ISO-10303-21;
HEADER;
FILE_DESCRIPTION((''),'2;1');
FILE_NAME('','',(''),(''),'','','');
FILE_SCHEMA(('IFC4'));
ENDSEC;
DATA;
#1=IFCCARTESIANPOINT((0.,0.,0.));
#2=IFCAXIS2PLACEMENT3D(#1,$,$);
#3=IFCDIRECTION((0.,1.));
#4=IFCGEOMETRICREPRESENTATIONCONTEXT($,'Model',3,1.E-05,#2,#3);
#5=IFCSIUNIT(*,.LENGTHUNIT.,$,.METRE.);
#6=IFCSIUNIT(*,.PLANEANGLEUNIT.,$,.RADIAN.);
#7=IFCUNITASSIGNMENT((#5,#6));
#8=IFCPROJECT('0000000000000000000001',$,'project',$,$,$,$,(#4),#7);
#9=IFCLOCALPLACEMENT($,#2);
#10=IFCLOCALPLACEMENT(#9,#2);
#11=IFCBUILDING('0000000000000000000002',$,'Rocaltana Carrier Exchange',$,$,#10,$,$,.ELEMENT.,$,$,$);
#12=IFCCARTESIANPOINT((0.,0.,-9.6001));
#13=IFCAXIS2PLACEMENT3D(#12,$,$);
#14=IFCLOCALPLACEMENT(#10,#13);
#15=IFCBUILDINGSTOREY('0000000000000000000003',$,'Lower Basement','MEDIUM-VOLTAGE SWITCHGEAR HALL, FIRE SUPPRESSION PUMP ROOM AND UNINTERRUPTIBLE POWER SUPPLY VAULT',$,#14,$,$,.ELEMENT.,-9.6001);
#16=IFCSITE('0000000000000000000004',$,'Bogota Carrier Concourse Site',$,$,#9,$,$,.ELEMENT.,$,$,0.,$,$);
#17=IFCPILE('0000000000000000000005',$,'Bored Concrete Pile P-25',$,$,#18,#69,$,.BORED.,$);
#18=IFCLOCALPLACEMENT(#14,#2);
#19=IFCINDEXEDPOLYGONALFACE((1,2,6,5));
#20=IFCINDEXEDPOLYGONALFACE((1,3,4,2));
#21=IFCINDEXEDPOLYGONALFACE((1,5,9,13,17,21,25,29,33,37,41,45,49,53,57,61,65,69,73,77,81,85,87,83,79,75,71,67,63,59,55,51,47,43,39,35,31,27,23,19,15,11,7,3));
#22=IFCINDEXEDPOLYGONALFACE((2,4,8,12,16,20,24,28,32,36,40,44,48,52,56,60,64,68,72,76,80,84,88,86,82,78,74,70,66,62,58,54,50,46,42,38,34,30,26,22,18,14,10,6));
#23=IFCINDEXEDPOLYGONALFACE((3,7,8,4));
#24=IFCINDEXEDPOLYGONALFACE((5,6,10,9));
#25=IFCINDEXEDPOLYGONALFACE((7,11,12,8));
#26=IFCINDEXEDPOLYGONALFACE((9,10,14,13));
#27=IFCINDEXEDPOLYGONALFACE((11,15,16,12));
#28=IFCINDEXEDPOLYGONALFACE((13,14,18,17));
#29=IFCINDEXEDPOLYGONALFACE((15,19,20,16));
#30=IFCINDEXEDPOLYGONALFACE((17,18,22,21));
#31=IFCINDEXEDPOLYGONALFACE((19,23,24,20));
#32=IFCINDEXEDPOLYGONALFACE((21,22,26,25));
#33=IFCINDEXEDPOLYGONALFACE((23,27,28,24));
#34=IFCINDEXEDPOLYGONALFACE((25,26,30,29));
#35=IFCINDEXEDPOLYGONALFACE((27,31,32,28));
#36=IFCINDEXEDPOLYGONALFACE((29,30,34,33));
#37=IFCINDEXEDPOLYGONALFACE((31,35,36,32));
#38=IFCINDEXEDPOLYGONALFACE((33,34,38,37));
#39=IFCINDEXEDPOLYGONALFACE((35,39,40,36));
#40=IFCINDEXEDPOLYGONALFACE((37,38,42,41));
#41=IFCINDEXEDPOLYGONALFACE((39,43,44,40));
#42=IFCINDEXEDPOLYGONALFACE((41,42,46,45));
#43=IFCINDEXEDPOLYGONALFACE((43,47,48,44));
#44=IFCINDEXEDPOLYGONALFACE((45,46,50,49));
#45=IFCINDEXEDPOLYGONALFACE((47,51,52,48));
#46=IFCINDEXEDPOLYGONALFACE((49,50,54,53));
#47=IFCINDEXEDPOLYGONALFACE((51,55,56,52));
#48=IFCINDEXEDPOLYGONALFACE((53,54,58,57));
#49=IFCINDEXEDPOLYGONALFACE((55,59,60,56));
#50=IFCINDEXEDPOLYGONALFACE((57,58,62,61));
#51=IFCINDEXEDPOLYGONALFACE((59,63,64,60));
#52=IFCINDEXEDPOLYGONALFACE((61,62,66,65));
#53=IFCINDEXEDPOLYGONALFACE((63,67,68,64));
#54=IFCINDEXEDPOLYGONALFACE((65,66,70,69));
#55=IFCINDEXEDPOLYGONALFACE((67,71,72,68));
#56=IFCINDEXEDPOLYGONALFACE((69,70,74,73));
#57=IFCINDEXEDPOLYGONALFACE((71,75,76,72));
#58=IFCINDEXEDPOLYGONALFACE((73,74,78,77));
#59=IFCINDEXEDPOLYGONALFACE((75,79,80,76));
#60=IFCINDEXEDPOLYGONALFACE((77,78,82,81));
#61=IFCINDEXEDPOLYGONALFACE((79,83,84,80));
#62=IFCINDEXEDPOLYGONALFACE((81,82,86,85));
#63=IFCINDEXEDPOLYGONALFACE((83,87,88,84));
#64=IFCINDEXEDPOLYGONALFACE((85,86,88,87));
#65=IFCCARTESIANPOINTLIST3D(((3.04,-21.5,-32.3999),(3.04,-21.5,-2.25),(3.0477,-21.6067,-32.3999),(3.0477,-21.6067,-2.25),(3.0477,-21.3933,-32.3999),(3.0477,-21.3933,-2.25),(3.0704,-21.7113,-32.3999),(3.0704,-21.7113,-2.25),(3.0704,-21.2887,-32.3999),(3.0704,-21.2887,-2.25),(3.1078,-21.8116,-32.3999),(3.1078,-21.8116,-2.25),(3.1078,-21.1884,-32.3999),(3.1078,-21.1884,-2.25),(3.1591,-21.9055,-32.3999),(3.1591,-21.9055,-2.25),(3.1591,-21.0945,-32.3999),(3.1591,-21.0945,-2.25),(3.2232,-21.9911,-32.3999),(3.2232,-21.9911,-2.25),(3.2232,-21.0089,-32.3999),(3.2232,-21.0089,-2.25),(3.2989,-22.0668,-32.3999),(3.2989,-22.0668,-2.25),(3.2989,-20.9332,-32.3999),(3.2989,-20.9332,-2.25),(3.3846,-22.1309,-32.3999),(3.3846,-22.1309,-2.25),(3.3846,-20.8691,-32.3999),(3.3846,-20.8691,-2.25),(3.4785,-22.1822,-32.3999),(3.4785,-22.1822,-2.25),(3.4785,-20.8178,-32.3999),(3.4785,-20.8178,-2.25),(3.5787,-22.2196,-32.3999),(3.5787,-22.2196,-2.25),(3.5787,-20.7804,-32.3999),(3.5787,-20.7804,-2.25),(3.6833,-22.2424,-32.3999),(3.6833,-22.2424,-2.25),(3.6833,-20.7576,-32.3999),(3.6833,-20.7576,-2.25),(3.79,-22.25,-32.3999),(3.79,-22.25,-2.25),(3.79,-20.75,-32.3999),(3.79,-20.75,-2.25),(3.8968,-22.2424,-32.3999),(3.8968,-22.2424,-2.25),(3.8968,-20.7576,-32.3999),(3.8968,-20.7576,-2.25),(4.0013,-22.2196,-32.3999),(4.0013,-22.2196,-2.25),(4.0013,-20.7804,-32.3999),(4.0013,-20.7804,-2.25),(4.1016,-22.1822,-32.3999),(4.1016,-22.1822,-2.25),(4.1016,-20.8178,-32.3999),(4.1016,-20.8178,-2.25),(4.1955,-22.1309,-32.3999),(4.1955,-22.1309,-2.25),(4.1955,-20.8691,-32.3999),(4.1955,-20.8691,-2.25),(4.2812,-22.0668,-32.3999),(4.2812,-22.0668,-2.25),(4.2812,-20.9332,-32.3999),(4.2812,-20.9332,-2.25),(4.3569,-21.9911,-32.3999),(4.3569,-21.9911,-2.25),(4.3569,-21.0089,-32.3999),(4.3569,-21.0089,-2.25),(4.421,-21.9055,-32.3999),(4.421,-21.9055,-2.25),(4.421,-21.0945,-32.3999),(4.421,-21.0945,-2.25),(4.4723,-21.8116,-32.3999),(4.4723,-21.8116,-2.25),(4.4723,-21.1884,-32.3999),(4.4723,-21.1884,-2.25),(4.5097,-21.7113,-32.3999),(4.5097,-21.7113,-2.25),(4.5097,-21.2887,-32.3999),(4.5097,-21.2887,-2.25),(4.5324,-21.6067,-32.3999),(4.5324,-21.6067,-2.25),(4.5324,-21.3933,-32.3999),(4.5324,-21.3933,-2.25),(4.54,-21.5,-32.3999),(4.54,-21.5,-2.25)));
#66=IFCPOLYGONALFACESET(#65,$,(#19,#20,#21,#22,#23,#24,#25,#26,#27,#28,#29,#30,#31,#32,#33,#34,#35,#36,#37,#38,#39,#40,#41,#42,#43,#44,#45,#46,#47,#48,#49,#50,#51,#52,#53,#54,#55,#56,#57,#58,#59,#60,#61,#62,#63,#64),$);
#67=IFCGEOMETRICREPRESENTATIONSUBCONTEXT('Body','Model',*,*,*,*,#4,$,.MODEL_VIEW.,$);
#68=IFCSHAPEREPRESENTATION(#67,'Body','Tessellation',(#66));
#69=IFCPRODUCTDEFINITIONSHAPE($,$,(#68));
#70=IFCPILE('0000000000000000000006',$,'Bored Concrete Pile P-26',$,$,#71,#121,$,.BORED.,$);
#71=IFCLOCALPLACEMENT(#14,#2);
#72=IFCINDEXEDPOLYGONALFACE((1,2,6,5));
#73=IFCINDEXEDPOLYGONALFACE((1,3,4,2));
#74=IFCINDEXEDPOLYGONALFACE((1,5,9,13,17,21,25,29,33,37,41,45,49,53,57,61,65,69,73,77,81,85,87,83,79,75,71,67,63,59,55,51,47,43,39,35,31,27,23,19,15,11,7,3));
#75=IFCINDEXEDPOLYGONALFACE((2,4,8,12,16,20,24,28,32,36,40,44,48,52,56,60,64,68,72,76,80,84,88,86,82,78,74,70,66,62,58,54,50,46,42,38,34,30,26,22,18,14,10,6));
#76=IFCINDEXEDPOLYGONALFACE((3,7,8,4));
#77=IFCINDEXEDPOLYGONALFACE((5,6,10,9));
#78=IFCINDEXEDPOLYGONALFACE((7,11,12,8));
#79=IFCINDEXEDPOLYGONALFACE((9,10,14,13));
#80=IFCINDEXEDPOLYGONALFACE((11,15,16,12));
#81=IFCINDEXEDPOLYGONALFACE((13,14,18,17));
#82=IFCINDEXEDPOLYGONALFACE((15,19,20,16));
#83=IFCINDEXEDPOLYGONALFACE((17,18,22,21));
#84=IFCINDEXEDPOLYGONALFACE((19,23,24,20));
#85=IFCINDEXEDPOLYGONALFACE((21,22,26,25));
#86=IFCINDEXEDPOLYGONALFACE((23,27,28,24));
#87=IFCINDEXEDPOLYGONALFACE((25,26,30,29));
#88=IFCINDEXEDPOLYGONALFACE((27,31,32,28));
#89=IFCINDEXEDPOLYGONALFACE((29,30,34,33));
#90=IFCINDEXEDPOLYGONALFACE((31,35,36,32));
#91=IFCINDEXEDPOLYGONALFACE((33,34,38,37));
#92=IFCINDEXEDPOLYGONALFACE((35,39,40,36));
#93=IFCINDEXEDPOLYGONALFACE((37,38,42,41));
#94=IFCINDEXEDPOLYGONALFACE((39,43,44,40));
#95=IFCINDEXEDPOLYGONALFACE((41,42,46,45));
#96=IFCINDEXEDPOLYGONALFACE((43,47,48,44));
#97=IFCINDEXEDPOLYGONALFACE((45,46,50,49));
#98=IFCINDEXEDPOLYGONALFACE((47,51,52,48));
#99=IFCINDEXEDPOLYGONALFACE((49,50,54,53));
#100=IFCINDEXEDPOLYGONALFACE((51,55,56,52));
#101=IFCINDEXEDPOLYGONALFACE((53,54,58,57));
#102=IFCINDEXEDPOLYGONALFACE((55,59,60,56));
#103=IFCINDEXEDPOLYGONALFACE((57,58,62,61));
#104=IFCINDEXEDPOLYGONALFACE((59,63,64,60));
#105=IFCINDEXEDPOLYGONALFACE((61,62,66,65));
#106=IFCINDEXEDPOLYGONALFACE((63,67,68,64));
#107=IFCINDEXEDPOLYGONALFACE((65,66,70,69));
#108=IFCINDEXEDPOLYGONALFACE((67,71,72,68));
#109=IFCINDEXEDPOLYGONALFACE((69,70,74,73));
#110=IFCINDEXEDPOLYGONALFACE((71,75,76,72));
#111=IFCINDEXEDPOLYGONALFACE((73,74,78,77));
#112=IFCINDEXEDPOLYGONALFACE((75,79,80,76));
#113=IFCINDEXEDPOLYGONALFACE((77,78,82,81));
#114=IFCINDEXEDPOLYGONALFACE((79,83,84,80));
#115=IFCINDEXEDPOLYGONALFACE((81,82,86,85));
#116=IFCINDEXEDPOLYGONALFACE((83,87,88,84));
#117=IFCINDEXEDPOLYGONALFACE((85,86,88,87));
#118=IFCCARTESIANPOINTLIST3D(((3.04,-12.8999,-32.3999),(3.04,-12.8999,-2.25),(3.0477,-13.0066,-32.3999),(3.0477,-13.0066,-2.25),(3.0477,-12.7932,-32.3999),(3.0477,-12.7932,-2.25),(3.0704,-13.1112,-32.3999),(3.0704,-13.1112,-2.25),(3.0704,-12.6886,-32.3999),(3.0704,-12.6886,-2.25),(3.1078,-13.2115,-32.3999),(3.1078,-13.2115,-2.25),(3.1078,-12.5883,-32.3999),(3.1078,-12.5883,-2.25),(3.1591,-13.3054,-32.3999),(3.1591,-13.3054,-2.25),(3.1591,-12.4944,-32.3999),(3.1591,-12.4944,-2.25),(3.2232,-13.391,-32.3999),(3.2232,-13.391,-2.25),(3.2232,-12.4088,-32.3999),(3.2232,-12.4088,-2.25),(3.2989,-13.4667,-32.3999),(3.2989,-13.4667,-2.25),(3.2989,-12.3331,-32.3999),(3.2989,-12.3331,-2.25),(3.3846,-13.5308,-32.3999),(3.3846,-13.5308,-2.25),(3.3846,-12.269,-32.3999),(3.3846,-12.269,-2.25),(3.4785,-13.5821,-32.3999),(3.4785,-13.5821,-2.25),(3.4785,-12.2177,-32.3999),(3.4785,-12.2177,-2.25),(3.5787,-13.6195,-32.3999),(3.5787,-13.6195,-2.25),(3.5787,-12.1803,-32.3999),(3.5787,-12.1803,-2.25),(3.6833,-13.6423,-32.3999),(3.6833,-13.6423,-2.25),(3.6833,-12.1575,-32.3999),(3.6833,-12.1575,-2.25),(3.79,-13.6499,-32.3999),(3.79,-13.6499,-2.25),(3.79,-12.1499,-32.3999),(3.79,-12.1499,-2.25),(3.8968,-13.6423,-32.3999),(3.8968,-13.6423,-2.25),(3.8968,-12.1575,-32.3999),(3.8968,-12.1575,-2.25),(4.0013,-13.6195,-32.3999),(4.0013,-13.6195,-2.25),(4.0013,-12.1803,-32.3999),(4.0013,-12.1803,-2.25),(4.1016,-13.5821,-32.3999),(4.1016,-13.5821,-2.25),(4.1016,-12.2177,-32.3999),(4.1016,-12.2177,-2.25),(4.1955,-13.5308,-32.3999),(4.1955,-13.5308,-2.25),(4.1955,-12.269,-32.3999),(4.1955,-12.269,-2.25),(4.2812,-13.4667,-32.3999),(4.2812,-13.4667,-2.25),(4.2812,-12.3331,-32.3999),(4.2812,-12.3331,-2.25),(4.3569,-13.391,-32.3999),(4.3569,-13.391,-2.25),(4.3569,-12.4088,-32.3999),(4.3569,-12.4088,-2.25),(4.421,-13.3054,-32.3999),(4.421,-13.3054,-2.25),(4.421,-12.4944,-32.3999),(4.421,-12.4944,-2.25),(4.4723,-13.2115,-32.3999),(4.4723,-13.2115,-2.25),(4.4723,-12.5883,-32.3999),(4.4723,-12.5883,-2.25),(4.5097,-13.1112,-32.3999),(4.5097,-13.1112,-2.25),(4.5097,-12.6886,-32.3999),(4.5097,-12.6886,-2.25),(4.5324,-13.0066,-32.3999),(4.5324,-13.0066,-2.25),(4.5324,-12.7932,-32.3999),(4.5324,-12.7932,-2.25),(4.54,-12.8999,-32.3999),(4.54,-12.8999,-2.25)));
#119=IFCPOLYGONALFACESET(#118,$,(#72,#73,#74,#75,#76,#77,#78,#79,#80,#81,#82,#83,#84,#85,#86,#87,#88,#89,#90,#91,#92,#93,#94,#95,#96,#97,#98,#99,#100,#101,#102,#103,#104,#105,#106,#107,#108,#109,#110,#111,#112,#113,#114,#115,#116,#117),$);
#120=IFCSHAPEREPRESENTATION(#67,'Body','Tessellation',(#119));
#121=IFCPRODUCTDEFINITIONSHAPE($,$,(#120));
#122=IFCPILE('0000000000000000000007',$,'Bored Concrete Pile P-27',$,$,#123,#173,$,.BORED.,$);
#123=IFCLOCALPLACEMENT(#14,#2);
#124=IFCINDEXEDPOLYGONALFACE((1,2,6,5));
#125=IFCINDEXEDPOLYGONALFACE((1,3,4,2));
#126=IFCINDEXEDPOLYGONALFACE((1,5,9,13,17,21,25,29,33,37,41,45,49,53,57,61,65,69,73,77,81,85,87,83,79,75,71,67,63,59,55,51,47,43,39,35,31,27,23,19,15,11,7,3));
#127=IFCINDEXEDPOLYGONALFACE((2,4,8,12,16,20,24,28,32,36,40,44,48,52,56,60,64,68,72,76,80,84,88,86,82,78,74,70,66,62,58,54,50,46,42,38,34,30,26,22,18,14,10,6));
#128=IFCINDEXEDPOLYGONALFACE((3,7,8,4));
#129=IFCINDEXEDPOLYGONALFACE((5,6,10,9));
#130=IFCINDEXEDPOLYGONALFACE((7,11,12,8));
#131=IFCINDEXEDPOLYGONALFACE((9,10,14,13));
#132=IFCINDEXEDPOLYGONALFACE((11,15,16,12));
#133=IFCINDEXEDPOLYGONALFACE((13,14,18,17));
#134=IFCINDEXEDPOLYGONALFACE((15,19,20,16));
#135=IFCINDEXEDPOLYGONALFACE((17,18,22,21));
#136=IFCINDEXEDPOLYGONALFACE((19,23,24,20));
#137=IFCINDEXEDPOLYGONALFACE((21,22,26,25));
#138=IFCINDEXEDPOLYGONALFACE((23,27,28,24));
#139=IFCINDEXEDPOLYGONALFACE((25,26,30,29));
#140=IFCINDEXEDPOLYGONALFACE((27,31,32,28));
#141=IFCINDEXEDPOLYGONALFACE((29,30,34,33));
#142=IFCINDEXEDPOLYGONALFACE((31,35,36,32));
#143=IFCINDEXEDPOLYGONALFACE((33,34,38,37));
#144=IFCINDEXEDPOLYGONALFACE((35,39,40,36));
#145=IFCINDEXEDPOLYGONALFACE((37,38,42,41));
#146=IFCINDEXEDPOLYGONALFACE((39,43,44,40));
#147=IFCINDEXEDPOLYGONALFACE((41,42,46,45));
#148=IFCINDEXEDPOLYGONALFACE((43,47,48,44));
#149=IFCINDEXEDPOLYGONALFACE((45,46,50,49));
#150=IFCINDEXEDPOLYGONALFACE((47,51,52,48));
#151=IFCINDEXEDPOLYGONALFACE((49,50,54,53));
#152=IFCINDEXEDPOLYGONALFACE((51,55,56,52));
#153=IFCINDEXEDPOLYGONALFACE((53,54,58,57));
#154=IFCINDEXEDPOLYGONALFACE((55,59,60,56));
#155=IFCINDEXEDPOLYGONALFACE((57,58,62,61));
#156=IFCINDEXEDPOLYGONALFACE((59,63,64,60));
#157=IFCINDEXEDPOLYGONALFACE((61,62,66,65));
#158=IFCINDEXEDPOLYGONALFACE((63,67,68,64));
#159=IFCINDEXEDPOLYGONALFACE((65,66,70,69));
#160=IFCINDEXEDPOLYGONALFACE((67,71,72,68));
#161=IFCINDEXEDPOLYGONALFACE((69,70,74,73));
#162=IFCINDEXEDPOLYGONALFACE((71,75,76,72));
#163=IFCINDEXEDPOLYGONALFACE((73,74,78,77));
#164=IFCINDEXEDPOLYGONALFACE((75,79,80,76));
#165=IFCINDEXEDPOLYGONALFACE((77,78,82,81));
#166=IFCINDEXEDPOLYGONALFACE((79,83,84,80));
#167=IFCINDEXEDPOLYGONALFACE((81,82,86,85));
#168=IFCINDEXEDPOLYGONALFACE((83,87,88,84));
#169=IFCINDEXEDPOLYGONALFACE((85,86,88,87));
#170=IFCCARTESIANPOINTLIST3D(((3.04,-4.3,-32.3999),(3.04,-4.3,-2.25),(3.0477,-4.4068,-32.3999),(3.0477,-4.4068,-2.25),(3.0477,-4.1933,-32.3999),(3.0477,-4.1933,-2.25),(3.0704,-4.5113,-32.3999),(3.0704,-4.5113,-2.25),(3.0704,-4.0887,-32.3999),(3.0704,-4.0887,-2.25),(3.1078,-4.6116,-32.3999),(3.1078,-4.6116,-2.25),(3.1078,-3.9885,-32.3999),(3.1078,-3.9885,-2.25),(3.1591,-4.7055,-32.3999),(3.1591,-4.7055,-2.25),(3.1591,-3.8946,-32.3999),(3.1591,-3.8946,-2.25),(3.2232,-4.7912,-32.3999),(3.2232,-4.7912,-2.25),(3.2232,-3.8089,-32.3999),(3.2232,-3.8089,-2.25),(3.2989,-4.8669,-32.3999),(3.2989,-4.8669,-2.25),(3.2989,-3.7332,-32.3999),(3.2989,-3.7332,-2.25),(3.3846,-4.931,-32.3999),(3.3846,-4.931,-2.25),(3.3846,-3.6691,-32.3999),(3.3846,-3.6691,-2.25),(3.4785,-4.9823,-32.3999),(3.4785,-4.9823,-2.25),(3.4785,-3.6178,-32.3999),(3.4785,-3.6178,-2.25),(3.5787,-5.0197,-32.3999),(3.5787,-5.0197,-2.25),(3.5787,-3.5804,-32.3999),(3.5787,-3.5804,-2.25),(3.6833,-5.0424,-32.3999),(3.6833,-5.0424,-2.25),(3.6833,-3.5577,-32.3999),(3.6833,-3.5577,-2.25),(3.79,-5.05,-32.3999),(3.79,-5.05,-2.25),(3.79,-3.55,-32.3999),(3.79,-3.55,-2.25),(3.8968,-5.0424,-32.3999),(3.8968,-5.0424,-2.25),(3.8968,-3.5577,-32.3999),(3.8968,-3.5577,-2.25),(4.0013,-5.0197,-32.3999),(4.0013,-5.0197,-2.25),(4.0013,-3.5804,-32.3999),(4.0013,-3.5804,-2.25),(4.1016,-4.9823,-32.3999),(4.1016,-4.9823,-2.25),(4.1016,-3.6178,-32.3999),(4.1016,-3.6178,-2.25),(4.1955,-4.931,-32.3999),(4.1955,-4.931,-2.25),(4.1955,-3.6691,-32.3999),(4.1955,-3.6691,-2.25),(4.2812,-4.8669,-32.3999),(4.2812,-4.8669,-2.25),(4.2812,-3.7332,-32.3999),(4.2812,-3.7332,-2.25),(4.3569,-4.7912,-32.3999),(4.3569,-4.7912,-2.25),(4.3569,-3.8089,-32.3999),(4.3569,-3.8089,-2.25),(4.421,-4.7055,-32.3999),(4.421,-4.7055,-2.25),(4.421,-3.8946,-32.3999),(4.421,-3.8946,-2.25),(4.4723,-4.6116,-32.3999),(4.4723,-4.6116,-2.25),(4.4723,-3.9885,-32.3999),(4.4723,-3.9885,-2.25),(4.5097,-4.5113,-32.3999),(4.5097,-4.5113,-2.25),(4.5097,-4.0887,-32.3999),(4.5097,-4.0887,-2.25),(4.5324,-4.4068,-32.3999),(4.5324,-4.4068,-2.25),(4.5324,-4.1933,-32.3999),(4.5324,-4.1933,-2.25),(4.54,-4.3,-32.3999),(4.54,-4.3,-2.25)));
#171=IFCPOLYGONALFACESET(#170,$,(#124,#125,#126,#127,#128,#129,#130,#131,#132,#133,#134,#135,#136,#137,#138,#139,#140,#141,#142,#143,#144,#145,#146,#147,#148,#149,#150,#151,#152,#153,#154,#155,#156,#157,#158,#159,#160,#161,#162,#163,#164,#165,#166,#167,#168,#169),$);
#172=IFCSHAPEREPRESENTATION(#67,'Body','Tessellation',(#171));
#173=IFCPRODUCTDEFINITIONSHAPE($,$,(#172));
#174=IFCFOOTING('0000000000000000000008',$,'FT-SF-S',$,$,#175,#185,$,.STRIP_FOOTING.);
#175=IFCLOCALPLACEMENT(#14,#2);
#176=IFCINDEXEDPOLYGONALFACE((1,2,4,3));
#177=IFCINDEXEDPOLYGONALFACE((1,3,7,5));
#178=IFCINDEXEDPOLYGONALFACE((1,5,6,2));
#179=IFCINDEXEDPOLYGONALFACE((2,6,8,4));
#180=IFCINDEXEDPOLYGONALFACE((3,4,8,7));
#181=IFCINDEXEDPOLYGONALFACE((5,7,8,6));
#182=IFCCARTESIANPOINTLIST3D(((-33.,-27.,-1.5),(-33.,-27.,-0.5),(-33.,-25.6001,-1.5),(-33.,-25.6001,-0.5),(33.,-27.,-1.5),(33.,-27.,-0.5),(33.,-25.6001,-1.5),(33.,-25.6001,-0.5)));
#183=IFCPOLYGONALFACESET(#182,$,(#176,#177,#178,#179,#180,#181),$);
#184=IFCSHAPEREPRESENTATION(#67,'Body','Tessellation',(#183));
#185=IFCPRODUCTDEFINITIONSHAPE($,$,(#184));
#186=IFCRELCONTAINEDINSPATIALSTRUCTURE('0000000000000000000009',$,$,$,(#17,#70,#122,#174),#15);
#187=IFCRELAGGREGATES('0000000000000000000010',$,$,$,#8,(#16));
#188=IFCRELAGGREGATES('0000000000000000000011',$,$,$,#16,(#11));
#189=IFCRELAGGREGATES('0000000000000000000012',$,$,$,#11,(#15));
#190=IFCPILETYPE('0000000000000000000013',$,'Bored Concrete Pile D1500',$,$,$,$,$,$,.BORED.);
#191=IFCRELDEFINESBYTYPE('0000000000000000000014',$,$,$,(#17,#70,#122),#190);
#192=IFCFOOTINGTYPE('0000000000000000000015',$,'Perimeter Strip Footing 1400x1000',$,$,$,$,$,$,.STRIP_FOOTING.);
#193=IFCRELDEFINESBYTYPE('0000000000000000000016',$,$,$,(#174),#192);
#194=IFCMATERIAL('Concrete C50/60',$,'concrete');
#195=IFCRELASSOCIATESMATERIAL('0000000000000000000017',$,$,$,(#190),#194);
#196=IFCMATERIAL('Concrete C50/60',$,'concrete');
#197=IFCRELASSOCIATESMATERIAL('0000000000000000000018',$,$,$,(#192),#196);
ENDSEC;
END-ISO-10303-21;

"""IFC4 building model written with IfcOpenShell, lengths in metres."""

from ifc_helpers import new_model, si_unit, direction, frame, origin, origin_2d, place, context, subcontext, project, spatial, rectangle, circle, extrude, material, material_profile, profile_set, type_object, element, save


model = new_model("IFC4")

# Units and contexts
model_context = context("Model", 3, precision=1e-05, world=origin(), true_north=direction((0.0, 1.0)))
body_context = subcontext(model_context, "Body", "Model", "MODEL_VIEW")
ifc_project = project(units=[si_unit("LENGTHUNIT", "METRE"), si_unit("PLANEANGLEUNIT", "RADIAN")], contexts=[model_context])

# Site, building, storey
site_placement = place(None, origin())
site = spatial("IfcSite", under=ifc_project, at=site_placement, Name="Bogota Carrier Concourse Site", CompositionType="ELEMENT", RefElevation=0.0)
building_placement = place(site_placement, origin())
building = spatial("IfcBuilding", under=site, at=building_placement, Name="Rocaltana Carrier Exchange", CompositionType="ELEMENT")
storey_placement = place(building_placement, frame((0.0, 0.0, -9.6001)))
storey = spatial("IfcBuildingStorey", under=building, at=storey_placement, Name="Lower Basement", Description="MEDIUM-VOLTAGE SWITCHGEAR HALL, FIRE SUPPRESSION PUMP ROOM AND UNINTERRUPTIBLE POWER SUPPLY VAULT", CompositionType="ELEMENT", Elevation=-9.6001)

# Piles
ifc_material_1 = material(Name="Concrete C50/60", Category="concrete")
ifc_material_profile_1 = material_profile(ifc_material_1, circle(Radius=0.75, at=origin_2d()), Name="PILE-D1500")
ifc_profile_set_1 = profile_set([ifc_material_profile_1], Name="Concrete C50/60")
pile_type = type_object("IfcPileType", Name="Bored Concrete Pile D1500", PredefinedType="BORED", material=ifc_profile_set_1)
for number, where, z_axis, x_axis, name in (
    (1, (3.79, -21.5, -2.25), (0.0, 0.0, -1.0), (1.0, 0.0, 0.0), "Bored Concrete Pile P-25"),
    (2, (3.79, -12.8999, -2.25), (0.0, 0.0, -1.0), (1.0, 0.0, 0.0), "Bored Concrete Pile P-26"),
    (3, (3.79, -4.3, -2.25), (0.0, 0.0, -1.0), (1.0, 0.0, 0.0), "Bored Concrete Pile P-27"),
):
    element("IfcPile", number, at=place(storey_placement, frame(where, z_axis=z_axis, x_axis=x_axis)), inside=storey, type_object=pile_type, Name=name, PredefinedType="BORED", context=body_context, shape_type="SweptSolid", body=[
        extrude(circle(Radius=0.75, at=origin_2d()), origin(), (0.0, 0.0, 1.0), 30.1499),
    ])

# Footing
ifc_material_2 = material(Name="Concrete C50/60", Category="concrete")
footing_type = type_object("IfcFootingType", Name="Perimeter Strip Footing 1400x1000", PredefinedType="STRIP_FOOTING", material=ifc_material_2)
footing_placement = place(storey_placement, frame((0.0, -26.3, -1.5), z_axis=(0.0, 0.0, 1.0), x_axis=(1.0, 0.0, 0.0)))
element("IfcFooting", 4, at=footing_placement, inside=storey, type_object=footing_type, Name="FT-SF-S", PredefinedType="STRIP_FOOTING", context=body_context, shape_type="SweptSolid", body=[
    extrude(rectangle(XDim=66.0, YDim=1.3999, at=origin_2d()), origin(), (0.0, 0.0, 1.0), 1.0),
])

save(model, "model.ifc")
